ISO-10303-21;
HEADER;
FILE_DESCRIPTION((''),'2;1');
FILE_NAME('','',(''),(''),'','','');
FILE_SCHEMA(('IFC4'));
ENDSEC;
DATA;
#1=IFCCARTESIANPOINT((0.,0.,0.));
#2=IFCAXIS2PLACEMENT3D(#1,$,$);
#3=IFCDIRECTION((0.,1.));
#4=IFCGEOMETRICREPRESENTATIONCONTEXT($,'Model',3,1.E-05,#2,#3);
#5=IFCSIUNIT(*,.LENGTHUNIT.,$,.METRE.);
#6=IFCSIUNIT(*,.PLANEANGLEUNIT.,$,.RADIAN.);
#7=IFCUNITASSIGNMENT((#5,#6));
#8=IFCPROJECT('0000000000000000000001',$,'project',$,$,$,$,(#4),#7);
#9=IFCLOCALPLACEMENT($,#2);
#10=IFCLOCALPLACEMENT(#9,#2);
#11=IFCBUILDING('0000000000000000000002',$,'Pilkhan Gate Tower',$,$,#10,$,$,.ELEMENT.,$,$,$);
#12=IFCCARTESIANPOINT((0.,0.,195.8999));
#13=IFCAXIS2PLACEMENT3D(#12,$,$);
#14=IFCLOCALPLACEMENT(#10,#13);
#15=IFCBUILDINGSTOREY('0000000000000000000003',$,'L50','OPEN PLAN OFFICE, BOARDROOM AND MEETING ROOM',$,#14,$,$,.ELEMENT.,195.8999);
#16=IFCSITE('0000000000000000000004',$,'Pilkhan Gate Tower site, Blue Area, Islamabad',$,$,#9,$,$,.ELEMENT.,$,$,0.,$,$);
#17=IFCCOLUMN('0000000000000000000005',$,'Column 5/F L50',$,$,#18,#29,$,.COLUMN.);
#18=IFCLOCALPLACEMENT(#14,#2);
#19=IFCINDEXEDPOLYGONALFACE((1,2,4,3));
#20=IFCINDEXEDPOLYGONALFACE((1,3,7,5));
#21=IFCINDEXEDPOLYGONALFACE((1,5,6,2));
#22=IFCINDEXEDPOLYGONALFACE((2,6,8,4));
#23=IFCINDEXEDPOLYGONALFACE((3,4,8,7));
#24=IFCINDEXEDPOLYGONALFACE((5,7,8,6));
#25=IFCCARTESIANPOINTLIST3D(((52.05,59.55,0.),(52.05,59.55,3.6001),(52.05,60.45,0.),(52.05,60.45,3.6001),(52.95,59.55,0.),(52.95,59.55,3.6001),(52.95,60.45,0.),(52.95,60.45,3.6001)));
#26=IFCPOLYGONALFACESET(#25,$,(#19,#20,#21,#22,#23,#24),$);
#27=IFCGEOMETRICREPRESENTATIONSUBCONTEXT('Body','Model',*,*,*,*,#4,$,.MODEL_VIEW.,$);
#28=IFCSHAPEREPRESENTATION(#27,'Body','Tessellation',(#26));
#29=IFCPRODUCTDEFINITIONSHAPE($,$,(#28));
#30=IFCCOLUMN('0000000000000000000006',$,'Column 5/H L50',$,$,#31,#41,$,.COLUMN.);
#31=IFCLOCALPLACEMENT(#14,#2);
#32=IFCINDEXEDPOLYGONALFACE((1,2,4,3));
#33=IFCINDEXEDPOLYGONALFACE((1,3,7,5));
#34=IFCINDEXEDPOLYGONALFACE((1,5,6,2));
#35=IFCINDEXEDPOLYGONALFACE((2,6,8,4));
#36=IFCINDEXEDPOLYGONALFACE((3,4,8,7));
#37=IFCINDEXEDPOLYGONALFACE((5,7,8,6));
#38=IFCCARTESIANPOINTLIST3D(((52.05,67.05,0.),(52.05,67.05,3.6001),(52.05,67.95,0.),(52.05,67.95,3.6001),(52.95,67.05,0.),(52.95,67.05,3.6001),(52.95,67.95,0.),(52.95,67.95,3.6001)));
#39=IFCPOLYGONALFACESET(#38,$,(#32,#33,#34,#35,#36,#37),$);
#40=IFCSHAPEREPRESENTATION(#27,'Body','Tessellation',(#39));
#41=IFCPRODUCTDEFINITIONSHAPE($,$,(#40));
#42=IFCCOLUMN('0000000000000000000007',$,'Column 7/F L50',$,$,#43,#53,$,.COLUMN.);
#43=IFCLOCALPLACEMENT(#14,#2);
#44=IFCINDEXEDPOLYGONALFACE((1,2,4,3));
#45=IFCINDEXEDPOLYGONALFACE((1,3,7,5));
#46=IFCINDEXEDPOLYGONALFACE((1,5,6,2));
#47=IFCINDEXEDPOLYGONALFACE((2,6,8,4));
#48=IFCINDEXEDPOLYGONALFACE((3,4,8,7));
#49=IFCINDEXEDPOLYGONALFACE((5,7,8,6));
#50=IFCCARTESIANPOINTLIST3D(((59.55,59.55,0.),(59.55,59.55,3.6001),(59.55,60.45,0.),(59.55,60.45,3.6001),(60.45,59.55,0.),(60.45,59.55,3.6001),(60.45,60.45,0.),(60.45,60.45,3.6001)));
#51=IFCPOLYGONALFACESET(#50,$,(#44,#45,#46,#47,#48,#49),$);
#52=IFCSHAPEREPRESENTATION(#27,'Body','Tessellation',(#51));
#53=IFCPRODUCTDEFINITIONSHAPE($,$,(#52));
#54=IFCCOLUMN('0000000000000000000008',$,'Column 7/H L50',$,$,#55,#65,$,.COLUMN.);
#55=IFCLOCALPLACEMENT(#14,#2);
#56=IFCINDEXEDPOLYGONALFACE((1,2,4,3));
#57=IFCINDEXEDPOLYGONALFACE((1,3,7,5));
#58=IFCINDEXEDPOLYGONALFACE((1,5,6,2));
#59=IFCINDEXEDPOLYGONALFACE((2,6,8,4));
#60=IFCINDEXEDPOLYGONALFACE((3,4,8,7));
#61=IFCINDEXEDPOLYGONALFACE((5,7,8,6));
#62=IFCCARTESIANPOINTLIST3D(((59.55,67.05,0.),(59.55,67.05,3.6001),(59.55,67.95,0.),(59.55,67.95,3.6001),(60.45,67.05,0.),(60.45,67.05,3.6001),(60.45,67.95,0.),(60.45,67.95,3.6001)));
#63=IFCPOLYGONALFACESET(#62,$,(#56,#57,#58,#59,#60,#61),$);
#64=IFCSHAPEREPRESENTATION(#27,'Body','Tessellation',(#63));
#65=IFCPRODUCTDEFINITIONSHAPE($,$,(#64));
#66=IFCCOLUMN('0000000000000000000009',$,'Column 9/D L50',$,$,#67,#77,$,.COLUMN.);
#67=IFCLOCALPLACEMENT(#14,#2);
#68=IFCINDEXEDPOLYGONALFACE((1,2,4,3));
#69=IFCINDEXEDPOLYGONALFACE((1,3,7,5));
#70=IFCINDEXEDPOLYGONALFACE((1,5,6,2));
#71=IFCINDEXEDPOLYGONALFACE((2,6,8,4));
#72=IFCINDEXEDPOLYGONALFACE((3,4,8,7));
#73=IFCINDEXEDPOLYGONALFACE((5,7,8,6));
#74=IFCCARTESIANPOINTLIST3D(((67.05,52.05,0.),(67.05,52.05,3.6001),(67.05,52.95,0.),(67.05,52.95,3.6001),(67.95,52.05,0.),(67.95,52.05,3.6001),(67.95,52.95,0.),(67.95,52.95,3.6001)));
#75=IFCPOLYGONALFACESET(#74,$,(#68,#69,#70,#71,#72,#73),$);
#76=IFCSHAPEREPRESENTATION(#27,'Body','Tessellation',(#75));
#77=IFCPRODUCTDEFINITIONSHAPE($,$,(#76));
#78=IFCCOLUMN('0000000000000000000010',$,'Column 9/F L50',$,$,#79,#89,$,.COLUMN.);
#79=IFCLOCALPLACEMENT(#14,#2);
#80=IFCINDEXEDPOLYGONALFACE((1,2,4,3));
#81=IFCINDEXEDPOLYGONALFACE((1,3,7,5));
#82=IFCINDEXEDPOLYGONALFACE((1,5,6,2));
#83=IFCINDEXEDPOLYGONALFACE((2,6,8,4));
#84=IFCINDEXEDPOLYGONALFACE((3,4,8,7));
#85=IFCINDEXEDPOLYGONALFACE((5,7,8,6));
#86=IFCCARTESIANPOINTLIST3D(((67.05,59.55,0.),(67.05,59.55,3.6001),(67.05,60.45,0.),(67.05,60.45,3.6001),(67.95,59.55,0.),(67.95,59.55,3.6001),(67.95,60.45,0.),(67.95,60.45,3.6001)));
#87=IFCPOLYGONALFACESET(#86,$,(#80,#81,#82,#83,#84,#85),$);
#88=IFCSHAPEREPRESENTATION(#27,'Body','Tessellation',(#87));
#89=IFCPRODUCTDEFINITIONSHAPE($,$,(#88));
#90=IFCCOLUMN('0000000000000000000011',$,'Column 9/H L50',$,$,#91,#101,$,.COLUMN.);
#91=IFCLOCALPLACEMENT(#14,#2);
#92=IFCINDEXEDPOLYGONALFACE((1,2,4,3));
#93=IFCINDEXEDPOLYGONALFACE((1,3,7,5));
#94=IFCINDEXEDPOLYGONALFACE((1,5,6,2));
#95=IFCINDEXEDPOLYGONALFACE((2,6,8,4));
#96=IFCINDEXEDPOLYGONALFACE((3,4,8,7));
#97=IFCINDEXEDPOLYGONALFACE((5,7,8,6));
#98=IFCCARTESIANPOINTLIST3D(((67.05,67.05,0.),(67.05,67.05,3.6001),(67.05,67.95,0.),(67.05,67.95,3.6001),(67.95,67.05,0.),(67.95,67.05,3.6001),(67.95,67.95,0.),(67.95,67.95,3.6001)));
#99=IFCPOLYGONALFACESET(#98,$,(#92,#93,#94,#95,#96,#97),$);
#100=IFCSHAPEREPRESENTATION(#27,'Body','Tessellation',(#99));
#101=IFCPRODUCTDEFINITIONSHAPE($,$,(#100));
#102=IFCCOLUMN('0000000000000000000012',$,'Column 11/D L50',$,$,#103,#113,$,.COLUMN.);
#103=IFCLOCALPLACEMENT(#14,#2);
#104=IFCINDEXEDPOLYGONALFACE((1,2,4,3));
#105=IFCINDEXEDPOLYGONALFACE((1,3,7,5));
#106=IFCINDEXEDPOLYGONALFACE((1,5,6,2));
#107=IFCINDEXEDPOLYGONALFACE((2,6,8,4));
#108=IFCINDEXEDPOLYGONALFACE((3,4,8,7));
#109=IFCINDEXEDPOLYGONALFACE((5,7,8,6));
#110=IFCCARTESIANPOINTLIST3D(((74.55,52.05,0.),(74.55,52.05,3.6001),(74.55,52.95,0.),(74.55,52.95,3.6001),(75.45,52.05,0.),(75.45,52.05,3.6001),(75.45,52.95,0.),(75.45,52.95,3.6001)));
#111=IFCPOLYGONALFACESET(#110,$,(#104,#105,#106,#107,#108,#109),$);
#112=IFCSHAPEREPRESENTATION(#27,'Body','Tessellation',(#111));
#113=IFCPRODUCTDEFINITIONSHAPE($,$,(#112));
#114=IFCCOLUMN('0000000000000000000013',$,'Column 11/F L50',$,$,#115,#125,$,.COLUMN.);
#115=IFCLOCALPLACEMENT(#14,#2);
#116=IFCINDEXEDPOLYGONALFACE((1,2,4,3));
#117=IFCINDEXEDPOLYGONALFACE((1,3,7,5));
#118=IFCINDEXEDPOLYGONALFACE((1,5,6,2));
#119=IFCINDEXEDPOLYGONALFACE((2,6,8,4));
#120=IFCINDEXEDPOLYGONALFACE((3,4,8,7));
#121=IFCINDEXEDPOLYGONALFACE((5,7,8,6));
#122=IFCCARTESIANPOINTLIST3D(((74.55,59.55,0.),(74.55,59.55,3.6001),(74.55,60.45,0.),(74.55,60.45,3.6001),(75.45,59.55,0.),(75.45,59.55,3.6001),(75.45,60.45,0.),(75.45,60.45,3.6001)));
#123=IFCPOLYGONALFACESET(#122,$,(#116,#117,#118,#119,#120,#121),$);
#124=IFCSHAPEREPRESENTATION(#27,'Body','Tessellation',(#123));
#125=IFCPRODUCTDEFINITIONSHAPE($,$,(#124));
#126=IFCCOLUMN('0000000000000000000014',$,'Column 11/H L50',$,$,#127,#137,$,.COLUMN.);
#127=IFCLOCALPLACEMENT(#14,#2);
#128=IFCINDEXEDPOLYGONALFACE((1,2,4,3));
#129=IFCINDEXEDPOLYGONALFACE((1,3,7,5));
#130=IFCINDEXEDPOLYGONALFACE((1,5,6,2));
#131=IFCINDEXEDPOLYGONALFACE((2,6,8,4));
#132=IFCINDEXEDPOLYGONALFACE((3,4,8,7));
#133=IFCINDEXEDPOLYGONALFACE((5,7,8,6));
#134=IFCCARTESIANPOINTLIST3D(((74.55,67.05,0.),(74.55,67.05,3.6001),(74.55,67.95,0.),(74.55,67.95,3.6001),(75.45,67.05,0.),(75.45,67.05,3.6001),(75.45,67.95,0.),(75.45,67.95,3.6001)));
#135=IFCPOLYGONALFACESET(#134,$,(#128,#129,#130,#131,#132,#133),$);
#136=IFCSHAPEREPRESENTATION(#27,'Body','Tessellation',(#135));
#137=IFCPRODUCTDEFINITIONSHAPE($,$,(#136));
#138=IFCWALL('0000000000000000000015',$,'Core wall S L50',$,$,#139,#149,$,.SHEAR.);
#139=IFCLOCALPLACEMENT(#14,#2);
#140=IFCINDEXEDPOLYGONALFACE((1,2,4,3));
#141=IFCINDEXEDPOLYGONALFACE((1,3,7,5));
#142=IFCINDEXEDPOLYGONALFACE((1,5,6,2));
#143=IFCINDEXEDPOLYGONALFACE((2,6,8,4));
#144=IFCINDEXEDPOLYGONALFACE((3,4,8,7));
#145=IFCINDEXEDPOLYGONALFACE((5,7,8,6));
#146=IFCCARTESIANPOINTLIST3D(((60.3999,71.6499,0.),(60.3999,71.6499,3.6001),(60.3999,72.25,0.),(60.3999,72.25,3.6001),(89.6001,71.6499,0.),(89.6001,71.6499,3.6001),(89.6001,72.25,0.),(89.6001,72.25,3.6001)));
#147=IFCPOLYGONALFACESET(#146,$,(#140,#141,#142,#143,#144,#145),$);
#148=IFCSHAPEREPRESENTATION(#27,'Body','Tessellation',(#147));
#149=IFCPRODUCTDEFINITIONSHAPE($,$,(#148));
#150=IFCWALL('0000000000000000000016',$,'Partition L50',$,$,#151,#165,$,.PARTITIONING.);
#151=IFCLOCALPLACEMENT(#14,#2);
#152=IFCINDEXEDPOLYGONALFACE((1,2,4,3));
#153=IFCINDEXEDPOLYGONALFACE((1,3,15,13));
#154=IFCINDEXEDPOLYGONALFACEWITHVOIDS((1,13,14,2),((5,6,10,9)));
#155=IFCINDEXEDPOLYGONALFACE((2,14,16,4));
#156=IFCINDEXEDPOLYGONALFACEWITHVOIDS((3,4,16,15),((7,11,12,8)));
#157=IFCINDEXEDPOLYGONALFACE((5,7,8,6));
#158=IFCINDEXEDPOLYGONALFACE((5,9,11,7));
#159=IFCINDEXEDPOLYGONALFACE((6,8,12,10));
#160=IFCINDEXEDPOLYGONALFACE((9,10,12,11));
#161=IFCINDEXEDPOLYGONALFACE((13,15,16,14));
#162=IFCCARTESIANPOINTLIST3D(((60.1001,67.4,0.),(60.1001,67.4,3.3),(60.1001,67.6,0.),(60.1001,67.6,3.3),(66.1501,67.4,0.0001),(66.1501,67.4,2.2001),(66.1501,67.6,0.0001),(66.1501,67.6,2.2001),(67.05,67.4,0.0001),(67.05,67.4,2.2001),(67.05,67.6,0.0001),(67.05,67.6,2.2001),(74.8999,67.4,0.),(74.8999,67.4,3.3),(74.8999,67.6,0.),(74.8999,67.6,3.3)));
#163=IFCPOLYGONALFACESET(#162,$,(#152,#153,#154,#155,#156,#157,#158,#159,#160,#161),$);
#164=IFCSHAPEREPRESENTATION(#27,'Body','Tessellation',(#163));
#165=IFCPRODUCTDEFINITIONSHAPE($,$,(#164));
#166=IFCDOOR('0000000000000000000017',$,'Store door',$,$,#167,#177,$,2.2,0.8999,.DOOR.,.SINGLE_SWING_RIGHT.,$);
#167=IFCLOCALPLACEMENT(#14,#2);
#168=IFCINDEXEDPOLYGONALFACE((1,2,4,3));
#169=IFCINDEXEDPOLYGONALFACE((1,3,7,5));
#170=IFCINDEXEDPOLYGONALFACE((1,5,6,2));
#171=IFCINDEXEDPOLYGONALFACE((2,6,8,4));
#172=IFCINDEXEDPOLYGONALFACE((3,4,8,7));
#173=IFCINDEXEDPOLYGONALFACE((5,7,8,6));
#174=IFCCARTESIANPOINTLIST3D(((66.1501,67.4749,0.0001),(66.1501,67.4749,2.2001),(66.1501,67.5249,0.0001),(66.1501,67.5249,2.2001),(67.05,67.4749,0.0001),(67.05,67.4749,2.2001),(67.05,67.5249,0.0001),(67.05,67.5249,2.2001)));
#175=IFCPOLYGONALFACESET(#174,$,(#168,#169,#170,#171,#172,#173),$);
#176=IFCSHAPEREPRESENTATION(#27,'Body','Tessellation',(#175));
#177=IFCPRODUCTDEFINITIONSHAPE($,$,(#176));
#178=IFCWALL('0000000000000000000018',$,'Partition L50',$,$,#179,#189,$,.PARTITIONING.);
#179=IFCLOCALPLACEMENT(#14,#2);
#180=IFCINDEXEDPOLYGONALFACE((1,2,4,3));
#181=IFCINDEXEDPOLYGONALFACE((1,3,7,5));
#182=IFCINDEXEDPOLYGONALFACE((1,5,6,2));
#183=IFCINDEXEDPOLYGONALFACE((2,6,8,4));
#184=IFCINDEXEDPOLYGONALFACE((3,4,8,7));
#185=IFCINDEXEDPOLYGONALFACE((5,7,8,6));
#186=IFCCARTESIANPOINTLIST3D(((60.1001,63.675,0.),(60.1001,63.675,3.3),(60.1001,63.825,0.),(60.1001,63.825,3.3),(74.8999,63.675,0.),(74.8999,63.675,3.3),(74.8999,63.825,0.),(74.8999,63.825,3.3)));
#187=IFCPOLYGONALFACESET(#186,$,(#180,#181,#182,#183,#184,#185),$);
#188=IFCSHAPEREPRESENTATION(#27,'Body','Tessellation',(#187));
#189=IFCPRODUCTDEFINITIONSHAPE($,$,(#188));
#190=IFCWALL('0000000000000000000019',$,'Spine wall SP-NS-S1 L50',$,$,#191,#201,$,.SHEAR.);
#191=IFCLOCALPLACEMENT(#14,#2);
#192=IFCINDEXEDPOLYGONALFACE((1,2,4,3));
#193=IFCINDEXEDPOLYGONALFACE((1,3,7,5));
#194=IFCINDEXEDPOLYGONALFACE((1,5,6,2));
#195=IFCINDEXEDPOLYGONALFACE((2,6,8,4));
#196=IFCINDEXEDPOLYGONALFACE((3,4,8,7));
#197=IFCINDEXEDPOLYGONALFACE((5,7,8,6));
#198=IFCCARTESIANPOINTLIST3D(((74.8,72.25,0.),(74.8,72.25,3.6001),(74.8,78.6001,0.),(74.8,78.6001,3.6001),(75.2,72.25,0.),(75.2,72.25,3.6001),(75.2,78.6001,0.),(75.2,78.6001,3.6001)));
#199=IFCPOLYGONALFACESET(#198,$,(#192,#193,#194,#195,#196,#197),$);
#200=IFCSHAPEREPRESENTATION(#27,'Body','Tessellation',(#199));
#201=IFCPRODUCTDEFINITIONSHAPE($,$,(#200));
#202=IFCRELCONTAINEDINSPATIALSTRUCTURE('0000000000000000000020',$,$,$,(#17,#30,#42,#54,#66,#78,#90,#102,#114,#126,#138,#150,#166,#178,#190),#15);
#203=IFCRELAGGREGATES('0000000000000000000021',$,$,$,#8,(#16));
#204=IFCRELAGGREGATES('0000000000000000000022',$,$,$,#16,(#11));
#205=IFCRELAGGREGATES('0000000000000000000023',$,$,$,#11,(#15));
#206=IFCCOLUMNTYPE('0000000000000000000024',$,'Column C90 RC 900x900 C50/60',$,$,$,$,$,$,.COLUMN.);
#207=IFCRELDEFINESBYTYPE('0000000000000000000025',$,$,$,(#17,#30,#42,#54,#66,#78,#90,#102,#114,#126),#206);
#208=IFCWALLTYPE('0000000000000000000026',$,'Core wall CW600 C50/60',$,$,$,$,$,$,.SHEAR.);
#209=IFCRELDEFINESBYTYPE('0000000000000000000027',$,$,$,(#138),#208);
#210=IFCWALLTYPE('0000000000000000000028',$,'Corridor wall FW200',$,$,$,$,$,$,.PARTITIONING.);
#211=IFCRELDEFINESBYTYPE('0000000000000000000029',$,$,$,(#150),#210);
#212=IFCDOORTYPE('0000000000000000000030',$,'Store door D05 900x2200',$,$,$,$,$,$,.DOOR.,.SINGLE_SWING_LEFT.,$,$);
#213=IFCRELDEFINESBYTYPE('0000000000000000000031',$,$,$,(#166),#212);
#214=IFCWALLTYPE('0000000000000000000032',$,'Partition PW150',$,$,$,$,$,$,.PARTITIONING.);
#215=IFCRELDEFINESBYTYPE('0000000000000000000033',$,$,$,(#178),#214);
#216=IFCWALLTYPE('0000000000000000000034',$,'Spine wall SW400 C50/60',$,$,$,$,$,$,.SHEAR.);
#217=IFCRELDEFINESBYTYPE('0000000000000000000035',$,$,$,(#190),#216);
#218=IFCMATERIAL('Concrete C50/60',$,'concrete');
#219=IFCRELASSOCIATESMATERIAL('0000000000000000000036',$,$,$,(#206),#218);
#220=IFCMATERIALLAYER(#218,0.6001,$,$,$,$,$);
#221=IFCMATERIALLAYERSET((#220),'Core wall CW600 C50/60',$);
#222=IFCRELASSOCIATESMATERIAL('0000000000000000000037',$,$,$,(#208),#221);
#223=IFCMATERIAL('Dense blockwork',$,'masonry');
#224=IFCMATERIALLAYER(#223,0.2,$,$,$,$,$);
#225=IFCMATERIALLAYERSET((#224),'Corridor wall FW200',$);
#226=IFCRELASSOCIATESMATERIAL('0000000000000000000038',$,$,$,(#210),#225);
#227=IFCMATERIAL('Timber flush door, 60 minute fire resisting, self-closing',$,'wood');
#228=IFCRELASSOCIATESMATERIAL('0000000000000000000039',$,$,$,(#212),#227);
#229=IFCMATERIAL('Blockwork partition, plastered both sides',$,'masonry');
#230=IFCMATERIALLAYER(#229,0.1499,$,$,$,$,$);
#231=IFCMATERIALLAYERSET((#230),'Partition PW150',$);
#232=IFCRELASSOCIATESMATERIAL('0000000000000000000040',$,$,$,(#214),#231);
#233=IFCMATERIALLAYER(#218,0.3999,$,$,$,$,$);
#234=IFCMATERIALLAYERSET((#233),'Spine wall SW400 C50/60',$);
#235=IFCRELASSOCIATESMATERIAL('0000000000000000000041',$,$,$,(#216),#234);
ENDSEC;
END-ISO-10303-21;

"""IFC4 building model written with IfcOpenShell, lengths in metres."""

from ifc_helpers import new_model, si_unit, direction, frame, frame_2d, origin, origin_2d, place, context, subcontext, project, spatial, rectangle, extrude, material, layer, layer_set, material_profile, profile_set, type_object, element, fill, save


model = new_model("IFC4")

# Units and contexts
model_context = context("Model", 3, precision=1e-05, world=origin(), true_north=direction((0.0, 1.0)))
body_context = subcontext(model_context, "Body", "Model", "MODEL_VIEW")
ifc_project = project(units=[si_unit("LENGTHUNIT", "METRE"), si_unit("PLANEANGLEUNIT", "RADIAN")], contexts=[model_context])

# Site, building, storey
site_placement = place(None, origin())
site = spatial("IfcSite", under=ifc_project, at=site_placement, Name="Pilkhan Gate Tower site, Blue Area, Islamabad", CompositionType="ELEMENT", RefElevation=0.0)
building_placement = place(site_placement, origin())
building = spatial("IfcBuilding", under=site, at=building_placement, Name="Pilkhan Gate Tower", CompositionType="ELEMENT")
storey_placement = place(building_placement, frame((0.0, 0.0, 195.8999)))
storey = spatial("IfcBuildingStorey", under=building, at=storey_placement, Name="L50", Description="OPEN PLAN OFFICE, BOARDROOM AND MEETING ROOM", CompositionType="ELEMENT", Elevation=195.8999)

# Columns
ifc_material_1 = material(Name="Concrete C50/60", Category="concrete")
ifc_material_profile = material_profile(ifc_material_1, rectangle(XDim=0.8999, YDim=0.8999, at=origin_2d()), Name="RC 900x900")
ifc_profile_set = profile_set([ifc_material_profile], Name="Concrete C50/60")
column_type = type_object("IfcColumnType", Name="Column C90 RC 900x900 C50/60", PredefinedType="COLUMN", material=ifc_profile_set)
for number, where, z_axis, x_axis, name in (
    (1, (52.5, 60.0, 0.0), (0.0, 0.0, 1.0), (1.0, 0.0, 0.0), "Column 5/F L50"),
    (2, (52.5, 67.5, 0.0), (0.0, 0.0, 1.0), (1.0, 0.0, 0.0), "Column 5/H L50"),
    (3, (60.0, 60.0, 0.0), (0.0, 0.0, 1.0), (1.0, 0.0, 0.0), "Column 7/F L50"),
    (4, (60.0, 67.5, 0.0), (0.0, 0.0, 1.0), (1.0, 0.0, 0.0), "Column 7/H L50"),
    (5, (67.5, 52.5, 0.0), (0.0, 0.0, 1.0), (1.0, 0.0, 0.0), "Column 9/D L50"),
    (6, (67.5, 60.0, 0.0), (0.0, 0.0, 1.0), (1.0, 0.0, 0.0), "Column 9/F L50"),
    (7, (67.5, 67.5, 0.0), (0.0, 0.0, 1.0), (1.0, 0.0, 0.0), "Column 9/H L50"),
    (8, (75.0, 52.5, 0.0), (0.0, 0.0, 1.0), (1.0, 0.0, 0.0), "Column 11/D L50"),
    (9, (75.0, 60.0, 0.0), (0.0, 0.0, 1.0), (1.0, 0.0, 0.0), "Column 11/F L50"),
    (10, (75.0, 67.5, 0.0), (0.0, 0.0, 1.0), (1.0, 0.0, 0.0), "Column 11/H L50"),
):
    element("IfcColumn", number, at=place(storey_placement, frame(where, z_axis=z_axis, x_axis=x_axis)), inside=storey, type_object=column_type, Name=name, PredefinedType="COLUMN", context=body_context, shape_type="SweptSolid", body=[
        extrude(rectangle(XDim=0.8999, YDim=0.8999, at=origin_2d()), origin(), (0.0, 0.0, 1.0), 3.6001),
    ])

# Wall
ifc_layer_1 = layer(ifc_material_1, 0.6001)
ifc_layer_set_1 = layer_set([ifc_layer_1], Name="Core wall CW600 C50/60")
wall_type_1 = type_object("IfcWallType", Name="Core wall CW600 C50/60", PredefinedType="SHEAR", material=ifc_layer_set_1)
wall_1_placement = place(storey_placement, frame((60.3999, 71.95, 0.0), z_axis=(0.0, 0.0, 1.0), x_axis=(1.0, 0.0, 0.0)))
element("IfcWall", 11, at=wall_1_placement, inside=storey, type_object=wall_type_1, Name="Core wall S L50", PredefinedType="SHEAR", context=body_context, shape_type="SweptSolid", body=[
    extrude(rectangle(XDim=29.2002, YDim=0.6001, at=frame_2d((14.6001, 0.0))), origin(), (0.0, 0.0, 1.0), 3.6001),
])

# Wall, opening, door
ifc_material_2 = material(Name="Dense blockwork", Category="masonry")
ifc_layer_2 = layer(ifc_material_2, 0.2)
ifc_layer_set_2 = layer_set([ifc_layer_2], Name="Corridor wall FW200")
wall_type_2 = type_object("IfcWallType", Name="Corridor wall FW200", PredefinedType="PARTITIONING", material=ifc_layer_set_2)
wall_2_placement = place(storey_placement, frame((60.1001, 67.5, 0.0), z_axis=(0.0, 0.0, 1.0), x_axis=(1.0, 0.0, 0.0)))
wall_2 = element("IfcWall", 12, at=wall_2_placement, inside=storey, type_object=wall_type_2, Name="Partition L50", PredefinedType="PARTITIONING", context=body_context, shape_type="SweptSolid", body=[
    extrude(rectangle(XDim=14.7998, YDim=0.2, at=frame_2d((7.3999, 0.0))), origin(), (0.0, 0.0, 1.0), 3.3),
])
opening_placement = place(wall_2_placement, frame((6.05, 0.0, 0.0)))
opening = element("IfcOpeningElement", 13, at=opening_placement, cuts=wall_2, PredefinedType="OPENING", context=body_context, shape_type="SweptSolid", body=[
    extrude(rectangle(XDim=0.8999, YDim=2.2, at=frame_2d((0.45, 1.1001))), frame((0.0, 0.1099, 0.0), z_axis=(0.0, -1.0, 0.0), x_axis=(1.0, 0.0, 0.0)), (0.0, 0.0, 1.0), 0.22),
])
ifc_material_3 = material(Name="Timber flush door, 60 minute fire resisting, self-closing", Category="wood")
door_type = type_object("IfcDoorType", Name="Store door D05 900x2200", OperationType="SINGLE_SWING_LEFT", PredefinedType="DOOR", material=ifc_material_3)
door_placement = place(opening_placement, origin())
door = element("IfcDoor", 14, at=door_placement, inside=storey, type_object=door_type, Name="Store door", OperationType="SINGLE_SWING_RIGHT", OverallHeight=2.2, OverallWidth=0.8999, PredefinedType="DOOR", context=body_context, shape_type="SweptSolid", body=[
    extrude(rectangle(XDim=0.8999, YDim=2.2, at=frame_2d((0.45, 1.1001))), frame((0.0, 0.0249, 0.0), z_axis=(0.0, -1.0, 0.0), x_axis=(1.0, 0.0, 0.0)), (0.0, 0.0, 1.0), 0.05),
])
fill(opening, door)

# Walls
ifc_material_4 = material(Name="Blockwork partition, plastered both sides", Category="masonry")
ifc_layer_3 = layer(ifc_material_4, 0.1499)
ifc_layer_set_3 = layer_set([ifc_layer_3], Name="Partition PW150")
wall_type_3 = type_object("IfcWallType", Name="Partition PW150", PredefinedType="PARTITIONING", material=ifc_layer_set_3)
wall_3_placement = place(storey_placement, frame((60.1001, 63.75, 0.0), z_axis=(0.0, 0.0, 1.0), x_axis=(1.0, 0.0, 0.0)))
element("IfcWall", 15, at=wall_3_placement, inside=storey, type_object=wall_type_3, Name="Partition L50", PredefinedType="PARTITIONING", context=body_context, shape_type="SweptSolid", body=[
    extrude(rectangle(XDim=14.7998, YDim=0.1499, at=frame_2d((7.3999, 0.0))), origin(), (0.0, 0.0, 1.0), 3.3),
])
ifc_layer_4 = layer(ifc_material_1, 0.3999)
ifc_layer_set_4 = layer_set([ifc_layer_4], Name="Spine wall SW400 C50/60")
wall_type_4 = type_object("IfcWallType", Name="Spine wall SW400 C50/60", PredefinedType="SHEAR", material=ifc_layer_set_4)
wall_4_placement = place(storey_placement, frame((75.0, 72.25, 0.0), z_axis=(0.0, 0.0, 1.0), x_axis=(0.0, 1.0, 0.0)))
element("IfcWall", 16, at=wall_4_placement, inside=storey, type_object=wall_type_4, Name="Spine wall SP-NS-S1 L50", PredefinedType="SHEAR", context=body_context, shape_type="SweptSolid", body=[
    extrude(rectangle(XDim=6.3501, YDim=0.3999, at=frame_2d((3.175, 0.0))), origin(), (0.0, 0.0, 1.0), 3.6001),
])

save(model, "model.ifc")
